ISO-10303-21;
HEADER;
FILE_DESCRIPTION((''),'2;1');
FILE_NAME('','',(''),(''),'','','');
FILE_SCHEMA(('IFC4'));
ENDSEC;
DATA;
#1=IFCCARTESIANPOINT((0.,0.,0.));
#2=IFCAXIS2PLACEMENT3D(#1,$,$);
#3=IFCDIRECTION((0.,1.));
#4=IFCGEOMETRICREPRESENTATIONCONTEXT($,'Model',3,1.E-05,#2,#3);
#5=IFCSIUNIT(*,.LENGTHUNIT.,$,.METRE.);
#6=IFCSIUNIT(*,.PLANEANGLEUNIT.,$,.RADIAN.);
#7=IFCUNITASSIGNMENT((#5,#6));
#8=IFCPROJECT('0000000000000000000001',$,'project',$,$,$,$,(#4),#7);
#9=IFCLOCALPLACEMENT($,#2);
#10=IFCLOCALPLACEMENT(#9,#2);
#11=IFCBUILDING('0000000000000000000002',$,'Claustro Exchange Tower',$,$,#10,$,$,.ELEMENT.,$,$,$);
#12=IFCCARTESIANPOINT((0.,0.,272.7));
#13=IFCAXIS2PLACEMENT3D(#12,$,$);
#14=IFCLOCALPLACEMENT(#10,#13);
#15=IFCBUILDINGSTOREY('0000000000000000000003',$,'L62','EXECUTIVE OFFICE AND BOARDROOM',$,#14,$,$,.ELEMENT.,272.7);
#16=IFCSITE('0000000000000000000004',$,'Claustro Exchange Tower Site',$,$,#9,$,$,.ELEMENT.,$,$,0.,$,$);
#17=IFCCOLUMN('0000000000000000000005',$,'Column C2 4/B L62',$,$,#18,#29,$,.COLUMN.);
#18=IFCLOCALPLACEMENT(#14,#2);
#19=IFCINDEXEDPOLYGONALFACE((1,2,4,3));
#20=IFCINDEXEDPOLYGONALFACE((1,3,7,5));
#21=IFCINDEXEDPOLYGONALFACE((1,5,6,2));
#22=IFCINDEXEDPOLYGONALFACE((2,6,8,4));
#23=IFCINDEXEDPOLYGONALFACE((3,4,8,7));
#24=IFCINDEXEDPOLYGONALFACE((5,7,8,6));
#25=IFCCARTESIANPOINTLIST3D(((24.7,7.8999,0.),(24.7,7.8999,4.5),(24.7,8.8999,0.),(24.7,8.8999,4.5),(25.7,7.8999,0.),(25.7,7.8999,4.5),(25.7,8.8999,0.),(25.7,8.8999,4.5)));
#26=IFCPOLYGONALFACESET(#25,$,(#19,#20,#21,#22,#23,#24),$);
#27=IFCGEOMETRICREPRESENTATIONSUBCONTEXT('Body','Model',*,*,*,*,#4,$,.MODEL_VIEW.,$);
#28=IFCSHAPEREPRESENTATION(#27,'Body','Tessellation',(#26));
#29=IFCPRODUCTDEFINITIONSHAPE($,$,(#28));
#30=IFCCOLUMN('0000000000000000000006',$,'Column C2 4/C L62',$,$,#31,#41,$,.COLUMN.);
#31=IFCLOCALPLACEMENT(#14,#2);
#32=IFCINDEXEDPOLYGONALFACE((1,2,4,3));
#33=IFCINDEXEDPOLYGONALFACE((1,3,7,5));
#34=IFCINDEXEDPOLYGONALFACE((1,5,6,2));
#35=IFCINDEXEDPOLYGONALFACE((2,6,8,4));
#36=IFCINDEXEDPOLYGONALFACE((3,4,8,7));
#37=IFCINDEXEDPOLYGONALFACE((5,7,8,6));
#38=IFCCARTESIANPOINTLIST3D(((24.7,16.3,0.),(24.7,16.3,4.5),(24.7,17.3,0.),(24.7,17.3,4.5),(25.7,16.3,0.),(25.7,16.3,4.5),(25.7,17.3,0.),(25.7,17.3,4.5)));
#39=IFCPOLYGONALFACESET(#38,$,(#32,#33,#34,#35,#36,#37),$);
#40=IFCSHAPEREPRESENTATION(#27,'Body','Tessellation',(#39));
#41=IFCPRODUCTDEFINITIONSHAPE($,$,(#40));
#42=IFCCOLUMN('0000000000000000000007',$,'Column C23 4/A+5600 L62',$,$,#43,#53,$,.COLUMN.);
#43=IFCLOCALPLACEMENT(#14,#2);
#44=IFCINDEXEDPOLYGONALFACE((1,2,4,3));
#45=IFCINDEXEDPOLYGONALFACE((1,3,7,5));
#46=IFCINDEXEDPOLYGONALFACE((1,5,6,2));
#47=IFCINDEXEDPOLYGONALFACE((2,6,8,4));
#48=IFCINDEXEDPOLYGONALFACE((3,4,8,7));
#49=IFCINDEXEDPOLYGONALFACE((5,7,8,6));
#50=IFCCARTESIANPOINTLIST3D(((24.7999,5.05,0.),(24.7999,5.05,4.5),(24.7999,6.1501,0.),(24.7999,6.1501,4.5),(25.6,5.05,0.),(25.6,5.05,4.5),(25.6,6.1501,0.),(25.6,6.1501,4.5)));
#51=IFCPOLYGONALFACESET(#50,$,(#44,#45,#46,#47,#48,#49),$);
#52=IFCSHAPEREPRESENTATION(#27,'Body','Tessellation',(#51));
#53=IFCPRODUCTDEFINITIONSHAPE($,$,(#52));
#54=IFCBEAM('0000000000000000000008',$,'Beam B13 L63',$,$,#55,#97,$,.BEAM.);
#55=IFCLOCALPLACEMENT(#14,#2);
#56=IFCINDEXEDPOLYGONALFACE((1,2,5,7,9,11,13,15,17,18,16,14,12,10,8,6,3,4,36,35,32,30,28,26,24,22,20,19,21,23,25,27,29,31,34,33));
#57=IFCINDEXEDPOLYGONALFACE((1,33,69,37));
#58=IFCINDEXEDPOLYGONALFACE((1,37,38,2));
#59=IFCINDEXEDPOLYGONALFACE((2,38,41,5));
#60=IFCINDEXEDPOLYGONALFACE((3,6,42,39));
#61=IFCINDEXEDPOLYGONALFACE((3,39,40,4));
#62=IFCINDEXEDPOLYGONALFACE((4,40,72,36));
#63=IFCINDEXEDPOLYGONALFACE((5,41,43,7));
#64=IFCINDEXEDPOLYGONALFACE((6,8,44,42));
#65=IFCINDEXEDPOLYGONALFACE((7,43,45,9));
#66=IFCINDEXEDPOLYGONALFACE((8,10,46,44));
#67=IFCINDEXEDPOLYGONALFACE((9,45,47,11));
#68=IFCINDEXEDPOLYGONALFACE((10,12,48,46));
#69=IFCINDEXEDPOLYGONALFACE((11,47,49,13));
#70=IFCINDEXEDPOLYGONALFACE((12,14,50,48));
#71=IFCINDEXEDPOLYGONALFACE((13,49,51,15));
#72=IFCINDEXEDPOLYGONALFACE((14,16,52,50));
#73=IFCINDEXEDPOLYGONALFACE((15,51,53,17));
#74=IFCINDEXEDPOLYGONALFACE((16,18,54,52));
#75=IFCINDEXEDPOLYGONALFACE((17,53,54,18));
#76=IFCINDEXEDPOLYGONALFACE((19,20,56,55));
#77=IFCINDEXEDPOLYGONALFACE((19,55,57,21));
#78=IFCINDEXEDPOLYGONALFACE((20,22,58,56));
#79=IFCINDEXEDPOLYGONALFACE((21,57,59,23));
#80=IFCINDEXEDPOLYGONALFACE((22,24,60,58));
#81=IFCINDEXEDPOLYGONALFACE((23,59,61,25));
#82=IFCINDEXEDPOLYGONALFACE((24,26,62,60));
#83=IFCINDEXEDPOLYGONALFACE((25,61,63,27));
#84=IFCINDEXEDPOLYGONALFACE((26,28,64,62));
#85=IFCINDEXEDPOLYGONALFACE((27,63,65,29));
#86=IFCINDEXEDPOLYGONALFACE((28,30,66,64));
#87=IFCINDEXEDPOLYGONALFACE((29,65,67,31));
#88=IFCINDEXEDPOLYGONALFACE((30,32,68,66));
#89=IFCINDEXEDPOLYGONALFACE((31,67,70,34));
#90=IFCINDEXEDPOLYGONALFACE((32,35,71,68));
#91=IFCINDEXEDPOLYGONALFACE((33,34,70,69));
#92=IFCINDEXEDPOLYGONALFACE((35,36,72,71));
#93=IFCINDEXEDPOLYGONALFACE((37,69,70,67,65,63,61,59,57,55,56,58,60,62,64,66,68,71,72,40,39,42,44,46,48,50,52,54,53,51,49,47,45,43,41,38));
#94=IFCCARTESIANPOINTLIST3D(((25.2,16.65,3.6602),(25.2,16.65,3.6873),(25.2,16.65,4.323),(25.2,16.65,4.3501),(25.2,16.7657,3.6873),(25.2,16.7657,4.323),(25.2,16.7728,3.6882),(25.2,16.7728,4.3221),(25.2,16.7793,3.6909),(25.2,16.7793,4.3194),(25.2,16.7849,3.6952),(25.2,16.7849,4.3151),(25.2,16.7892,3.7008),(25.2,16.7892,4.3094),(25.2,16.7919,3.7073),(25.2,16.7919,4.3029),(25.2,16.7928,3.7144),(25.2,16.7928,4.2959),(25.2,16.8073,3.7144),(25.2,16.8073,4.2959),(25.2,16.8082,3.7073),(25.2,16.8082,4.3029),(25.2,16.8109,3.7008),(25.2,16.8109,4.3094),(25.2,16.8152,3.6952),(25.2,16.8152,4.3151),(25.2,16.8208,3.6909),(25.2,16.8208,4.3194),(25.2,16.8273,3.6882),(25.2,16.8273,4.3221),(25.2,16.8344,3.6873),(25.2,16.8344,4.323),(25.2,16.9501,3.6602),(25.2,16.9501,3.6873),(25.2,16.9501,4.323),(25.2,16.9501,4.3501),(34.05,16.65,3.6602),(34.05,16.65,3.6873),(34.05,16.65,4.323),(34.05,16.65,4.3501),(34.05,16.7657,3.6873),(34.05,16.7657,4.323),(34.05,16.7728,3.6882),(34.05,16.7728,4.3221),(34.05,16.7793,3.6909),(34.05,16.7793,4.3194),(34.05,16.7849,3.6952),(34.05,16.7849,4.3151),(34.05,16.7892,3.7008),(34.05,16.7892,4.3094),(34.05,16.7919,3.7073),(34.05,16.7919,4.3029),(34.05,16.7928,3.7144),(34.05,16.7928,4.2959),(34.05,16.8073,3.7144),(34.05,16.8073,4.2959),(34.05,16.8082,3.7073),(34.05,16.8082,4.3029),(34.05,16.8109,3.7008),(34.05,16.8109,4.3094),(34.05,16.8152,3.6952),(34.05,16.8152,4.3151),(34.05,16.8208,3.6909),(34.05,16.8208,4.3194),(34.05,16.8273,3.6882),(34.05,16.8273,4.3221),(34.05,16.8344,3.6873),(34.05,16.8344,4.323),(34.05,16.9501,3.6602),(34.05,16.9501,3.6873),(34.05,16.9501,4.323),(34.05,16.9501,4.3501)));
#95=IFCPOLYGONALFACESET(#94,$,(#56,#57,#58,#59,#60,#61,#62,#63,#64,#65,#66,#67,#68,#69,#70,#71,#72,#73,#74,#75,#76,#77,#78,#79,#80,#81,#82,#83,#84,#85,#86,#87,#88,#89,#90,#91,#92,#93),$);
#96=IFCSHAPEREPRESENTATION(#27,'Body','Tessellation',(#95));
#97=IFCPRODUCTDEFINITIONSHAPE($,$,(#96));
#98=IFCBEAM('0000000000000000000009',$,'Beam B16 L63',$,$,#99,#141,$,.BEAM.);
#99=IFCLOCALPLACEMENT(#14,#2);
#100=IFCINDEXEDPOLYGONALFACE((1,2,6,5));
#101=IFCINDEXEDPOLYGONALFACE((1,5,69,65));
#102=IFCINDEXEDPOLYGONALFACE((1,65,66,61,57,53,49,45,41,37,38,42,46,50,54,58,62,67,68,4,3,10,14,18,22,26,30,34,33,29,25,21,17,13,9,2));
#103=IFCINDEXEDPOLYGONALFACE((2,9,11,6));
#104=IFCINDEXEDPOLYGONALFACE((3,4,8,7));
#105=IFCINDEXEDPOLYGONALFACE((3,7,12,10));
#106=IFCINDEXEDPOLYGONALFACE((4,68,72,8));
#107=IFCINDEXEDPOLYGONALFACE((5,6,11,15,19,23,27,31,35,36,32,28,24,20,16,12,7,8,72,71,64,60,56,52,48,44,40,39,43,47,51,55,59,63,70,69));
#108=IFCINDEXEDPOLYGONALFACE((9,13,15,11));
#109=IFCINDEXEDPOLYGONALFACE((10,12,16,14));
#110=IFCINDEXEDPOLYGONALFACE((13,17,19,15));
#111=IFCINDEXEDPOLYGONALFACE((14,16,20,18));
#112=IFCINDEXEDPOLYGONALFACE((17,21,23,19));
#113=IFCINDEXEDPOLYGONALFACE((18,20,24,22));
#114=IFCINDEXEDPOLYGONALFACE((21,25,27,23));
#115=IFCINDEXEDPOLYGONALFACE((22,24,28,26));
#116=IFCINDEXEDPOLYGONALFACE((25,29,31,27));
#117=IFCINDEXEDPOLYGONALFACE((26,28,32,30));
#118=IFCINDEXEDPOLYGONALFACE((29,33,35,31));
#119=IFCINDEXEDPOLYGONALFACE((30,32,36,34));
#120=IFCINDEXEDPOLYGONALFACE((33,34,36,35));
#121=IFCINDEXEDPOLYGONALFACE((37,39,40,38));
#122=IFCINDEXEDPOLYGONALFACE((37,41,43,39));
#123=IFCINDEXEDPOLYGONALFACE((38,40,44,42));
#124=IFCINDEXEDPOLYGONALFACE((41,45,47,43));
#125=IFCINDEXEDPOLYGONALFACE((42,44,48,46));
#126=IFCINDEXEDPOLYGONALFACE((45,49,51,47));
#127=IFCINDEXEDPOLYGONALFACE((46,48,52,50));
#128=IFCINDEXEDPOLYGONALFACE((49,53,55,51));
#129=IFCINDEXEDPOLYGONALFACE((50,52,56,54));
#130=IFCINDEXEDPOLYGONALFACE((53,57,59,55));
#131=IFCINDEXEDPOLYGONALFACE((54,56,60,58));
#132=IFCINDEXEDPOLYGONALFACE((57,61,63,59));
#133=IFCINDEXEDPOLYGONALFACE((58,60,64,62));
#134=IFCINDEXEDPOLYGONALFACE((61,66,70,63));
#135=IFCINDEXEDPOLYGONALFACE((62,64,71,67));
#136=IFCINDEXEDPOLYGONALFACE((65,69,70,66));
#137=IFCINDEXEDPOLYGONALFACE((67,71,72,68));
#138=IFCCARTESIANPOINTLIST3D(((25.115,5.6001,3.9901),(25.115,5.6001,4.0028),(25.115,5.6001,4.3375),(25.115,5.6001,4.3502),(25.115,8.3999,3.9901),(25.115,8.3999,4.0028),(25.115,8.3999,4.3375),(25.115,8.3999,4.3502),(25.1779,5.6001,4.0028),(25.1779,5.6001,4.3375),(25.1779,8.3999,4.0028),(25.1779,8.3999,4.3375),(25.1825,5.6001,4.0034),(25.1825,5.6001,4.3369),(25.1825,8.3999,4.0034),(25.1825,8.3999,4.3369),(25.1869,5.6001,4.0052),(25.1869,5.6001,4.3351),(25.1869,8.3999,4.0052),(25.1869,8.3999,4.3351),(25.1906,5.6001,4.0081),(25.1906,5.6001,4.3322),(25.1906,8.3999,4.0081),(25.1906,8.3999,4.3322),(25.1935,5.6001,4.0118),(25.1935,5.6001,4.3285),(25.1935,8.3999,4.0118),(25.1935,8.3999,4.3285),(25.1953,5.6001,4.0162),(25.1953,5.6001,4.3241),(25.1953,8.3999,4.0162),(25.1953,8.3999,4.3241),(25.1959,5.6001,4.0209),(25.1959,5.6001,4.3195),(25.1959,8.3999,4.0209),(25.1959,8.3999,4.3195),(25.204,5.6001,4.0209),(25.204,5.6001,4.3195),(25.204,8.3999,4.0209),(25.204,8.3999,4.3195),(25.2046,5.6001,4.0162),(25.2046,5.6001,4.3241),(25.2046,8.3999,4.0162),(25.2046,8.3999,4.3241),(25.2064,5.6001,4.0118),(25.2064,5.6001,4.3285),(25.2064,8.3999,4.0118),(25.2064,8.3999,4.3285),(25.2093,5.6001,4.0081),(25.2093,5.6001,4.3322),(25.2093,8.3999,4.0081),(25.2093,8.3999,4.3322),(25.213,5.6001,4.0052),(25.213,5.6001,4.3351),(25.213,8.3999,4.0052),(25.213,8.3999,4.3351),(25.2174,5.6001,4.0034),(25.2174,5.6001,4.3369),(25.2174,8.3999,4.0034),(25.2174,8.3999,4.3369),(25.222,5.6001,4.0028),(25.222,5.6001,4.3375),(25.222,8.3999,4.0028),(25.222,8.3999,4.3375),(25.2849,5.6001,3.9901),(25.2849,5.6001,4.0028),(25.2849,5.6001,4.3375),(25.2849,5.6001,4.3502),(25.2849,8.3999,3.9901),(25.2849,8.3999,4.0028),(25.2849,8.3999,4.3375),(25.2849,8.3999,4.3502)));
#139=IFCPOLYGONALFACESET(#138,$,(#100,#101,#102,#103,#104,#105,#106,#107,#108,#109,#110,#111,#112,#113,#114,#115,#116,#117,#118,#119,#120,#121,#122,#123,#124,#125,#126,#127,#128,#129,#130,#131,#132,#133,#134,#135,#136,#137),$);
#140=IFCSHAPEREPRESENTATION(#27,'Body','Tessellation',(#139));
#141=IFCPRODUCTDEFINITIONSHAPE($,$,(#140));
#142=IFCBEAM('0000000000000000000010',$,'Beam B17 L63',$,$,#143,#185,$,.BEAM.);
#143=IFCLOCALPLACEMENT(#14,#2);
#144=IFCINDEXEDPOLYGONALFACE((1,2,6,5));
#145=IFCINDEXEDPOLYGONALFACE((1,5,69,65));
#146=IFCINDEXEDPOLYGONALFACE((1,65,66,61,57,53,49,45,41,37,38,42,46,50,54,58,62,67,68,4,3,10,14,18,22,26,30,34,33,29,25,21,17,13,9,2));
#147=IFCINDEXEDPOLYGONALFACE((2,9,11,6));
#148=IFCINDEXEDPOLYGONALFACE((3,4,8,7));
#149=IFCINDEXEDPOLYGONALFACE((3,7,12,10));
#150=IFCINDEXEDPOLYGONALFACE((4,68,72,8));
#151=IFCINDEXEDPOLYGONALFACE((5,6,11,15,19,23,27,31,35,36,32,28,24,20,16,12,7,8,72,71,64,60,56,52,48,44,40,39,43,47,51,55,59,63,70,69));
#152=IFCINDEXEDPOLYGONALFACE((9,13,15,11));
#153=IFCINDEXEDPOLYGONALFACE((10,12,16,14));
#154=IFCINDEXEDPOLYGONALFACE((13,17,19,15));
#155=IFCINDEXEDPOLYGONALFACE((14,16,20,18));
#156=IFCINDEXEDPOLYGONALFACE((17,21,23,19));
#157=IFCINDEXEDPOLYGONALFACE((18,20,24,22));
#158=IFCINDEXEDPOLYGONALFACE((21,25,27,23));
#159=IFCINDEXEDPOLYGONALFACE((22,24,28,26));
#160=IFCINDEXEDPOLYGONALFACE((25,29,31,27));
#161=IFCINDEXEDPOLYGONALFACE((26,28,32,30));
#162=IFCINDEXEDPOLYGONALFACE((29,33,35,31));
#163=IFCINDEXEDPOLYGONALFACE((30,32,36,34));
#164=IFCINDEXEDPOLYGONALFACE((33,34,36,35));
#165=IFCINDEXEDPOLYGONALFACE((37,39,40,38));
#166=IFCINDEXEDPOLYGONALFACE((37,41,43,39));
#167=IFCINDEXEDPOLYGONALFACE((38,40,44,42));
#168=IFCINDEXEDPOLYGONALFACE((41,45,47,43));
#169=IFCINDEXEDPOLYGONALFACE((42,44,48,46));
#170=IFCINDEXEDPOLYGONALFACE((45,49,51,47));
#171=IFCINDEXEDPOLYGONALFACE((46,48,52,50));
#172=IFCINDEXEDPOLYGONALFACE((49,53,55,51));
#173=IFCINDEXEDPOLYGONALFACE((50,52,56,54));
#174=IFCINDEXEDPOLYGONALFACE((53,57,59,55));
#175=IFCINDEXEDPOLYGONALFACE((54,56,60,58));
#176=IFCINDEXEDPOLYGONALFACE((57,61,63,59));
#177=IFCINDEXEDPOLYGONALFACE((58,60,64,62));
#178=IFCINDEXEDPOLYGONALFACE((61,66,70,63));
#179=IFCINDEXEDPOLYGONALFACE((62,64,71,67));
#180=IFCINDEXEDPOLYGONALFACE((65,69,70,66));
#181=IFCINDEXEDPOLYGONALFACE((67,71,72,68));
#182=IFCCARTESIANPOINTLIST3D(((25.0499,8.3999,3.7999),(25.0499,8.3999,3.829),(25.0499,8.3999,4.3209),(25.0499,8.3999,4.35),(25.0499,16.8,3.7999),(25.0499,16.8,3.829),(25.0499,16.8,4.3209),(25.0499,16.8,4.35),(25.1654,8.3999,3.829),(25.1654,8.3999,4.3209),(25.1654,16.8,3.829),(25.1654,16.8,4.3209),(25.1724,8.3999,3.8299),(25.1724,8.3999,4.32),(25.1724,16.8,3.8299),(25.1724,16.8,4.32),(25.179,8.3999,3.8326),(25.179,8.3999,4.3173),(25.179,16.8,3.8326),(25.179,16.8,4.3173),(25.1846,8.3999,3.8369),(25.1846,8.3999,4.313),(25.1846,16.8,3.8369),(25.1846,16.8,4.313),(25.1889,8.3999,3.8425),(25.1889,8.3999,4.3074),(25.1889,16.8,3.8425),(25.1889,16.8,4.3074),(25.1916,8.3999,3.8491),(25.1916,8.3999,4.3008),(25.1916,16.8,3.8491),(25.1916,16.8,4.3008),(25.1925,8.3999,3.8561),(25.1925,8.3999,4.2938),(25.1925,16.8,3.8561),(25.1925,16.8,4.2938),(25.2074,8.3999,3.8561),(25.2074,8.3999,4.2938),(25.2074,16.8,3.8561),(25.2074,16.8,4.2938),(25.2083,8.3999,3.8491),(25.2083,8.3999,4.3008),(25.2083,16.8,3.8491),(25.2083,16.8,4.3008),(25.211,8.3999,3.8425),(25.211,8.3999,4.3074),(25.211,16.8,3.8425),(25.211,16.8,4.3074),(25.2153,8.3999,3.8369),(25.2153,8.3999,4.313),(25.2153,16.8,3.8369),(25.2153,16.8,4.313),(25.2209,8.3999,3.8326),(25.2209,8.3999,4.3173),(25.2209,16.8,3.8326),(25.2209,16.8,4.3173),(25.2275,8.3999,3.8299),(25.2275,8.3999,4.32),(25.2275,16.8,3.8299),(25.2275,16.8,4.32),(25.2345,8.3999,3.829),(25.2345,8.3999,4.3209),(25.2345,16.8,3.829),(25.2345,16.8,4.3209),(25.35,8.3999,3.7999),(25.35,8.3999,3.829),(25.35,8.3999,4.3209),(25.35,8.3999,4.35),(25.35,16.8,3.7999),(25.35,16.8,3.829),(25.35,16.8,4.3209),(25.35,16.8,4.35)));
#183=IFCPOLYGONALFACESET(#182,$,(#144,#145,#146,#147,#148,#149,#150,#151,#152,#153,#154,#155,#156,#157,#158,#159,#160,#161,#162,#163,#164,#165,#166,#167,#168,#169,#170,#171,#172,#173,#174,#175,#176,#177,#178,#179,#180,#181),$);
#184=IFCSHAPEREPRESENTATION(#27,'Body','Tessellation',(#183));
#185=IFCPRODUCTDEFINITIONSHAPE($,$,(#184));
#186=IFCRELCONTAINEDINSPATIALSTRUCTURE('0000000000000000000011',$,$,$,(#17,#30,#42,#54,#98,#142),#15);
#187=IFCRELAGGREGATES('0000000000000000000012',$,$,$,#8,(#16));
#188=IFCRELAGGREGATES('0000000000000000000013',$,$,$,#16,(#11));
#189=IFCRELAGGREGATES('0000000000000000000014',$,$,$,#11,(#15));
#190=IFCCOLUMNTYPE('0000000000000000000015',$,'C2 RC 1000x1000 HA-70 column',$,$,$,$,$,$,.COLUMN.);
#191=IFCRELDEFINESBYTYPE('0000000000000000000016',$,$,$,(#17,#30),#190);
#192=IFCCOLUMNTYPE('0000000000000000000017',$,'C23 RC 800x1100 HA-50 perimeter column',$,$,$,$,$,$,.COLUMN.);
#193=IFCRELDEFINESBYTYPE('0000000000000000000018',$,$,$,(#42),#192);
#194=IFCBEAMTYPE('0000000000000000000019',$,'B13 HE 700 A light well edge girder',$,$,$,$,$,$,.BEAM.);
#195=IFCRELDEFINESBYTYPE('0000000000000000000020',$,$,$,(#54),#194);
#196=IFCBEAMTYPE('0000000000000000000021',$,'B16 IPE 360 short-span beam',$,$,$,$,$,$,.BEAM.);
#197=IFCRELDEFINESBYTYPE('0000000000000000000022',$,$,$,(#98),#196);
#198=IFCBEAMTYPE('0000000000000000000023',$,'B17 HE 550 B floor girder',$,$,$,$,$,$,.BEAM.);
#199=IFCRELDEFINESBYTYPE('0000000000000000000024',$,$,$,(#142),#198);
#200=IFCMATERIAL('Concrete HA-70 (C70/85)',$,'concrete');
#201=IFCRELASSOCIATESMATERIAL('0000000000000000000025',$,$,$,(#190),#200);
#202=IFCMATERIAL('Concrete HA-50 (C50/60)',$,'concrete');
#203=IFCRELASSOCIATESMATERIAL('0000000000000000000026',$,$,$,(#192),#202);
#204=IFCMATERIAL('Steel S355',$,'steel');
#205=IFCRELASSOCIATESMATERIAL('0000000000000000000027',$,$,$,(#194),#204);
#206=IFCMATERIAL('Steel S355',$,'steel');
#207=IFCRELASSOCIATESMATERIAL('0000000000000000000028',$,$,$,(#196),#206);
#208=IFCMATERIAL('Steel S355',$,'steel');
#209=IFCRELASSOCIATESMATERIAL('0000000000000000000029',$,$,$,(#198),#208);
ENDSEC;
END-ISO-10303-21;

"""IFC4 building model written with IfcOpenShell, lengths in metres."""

from ifc_helpers import new_model, si_unit, direction, frame, origin, origin_2d, place, context, subcontext, project, spatial, rectangle, i_section, extrude, material, material_profile, profile_set, type_object, element, save


model = new_model("IFC4")

# Units and contexts
model_context = context("Model", 3, precision=1e-05, world=origin(), true_north=direction((0.0, 1.0)))
body_context = subcontext(model_context, "Body", "Model", "MODEL_VIEW")
ifc_project = project(units=[si_unit("LENGTHUNIT", "METRE"), si_unit("PLANEANGLEUNIT", "RADIAN")], contexts=[model_context])

# Site, building, storey
site_placement = place(None, origin())
site = spatial("IfcSite", under=ifc_project, at=site_placement, Name="Claustro Exchange Tower Site", CompositionType="ELEMENT", RefElevation=0.0)
building_placement = place(site_placement, origin())
building = spatial("IfcBuilding", under=site, at=building_placement, Name="Claustro Exchange Tower", CompositionType="ELEMENT")
storey_placement = place(building_placement, frame((0.0, 0.0, 272.7)))
storey = spatial("IfcBuildingStorey", under=building, at=storey_placement, Name="L62", Description="EXECUTIVE OFFICE AND BOARDROOM", CompositionType="ELEMENT", Elevation=272.7)

# Columns
ifc_material_1 = material(Name="Concrete HA-70 (C70/85)", Category="concrete")
ifc_material_profile_1 = material_profile(ifc_material_1, rectangle(XDim=1.0, YDim=1.0, at=origin_2d()), Name="RC 1000x1000")
ifc_profile_set_1 = profile_set([ifc_material_profile_1], Name="Concrete HA-70 (C70/85)")
column_type_1 = type_object("IfcColumnType", Name="C2 RC 1000x1000 HA-70 column", PredefinedType="COLUMN", material=ifc_profile_set_1)
for number, where, z_axis, x_axis, name in (
    (1, (25.2, 8.3999, 0.0), (0.0, 0.0, 1.0), (1.0, 0.0, 0.0), "Column C2 4/B L62"),
    (2, (25.2, 16.8, 0.0), (0.0, 0.0, 1.0), (1.0, 0.0, 0.0), "Column C2 4/C L62"),
):
    element("IfcColumn", number, at=place(storey_placement, frame(where, z_axis=z_axis, x_axis=x_axis)), inside=storey, type_object=column_type_1, Name=name, PredefinedType="COLUMN", context=body_context, shape_type="SweptSolid", body=[
        extrude(rectangle(XDim=1.0, YDim=1.0, at=origin_2d()), origin(), (0.0, 0.0, 1.0), 4.5),
    ])
ifc_material_2 = material(Name="Concrete HA-50 (C50/60)", Category="concrete")
ifc_material_profile_2 = material_profile(ifc_material_2, rectangle(XDim=0.8, YDim=1.1001, at=origin_2d()), Name="RC 800x1100")
ifc_profile_set_2 = profile_set([ifc_material_profile_2], Name="Concrete HA-50 (C50/60)")
column_type_2 = type_object("IfcColumnType", Name="C23 RC 800x1100 HA-50 perimeter column", PredefinedType="COLUMN", material=ifc_profile_set_2)
column_placement = place(storey_placement, frame((25.2, 5.6001, 0.0), z_axis=(0.0, 0.0, 1.0), x_axis=(1.0, 0.0, 0.0)))
element("IfcColumn", 3, at=column_placement, inside=storey, type_object=column_type_2, Name="Column C23 4/A+5600 L62", PredefinedType="COLUMN", context=body_context, shape_type="SweptSolid", body=[
    extrude(rectangle(XDim=0.8, YDim=1.1001, at=origin_2d()), origin(), (0.0, 0.0, 1.0), 4.5),
])

# Beams
ifc_material_3 = material(Name="Steel S355", Category="steel")
ifc_material_profile_3 = material_profile(ifc_material_3, i_section(OverallWidth=0.3, OverallDepth=0.6899, WebThickness=0.0144, FlangeThickness=0.0271, FilletRadius=0.0271, at=origin_2d()), Name="HE 700 A")
ifc_profile_set_3 = profile_set([ifc_material_profile_3], Name="Steel S355")
beam_type_1 = type_object("IfcBeamType", Name="B13 HE 700 A light well edge girder", PredefinedType="BEAM", material=ifc_profile_set_3)
beam_1_placement = place(storey_placement, frame((25.2, 16.8, 4.0051), z_axis=(1.0, 0.0, 0.0), x_axis=(0.0, 1.0, 0.0)))
element("IfcBeam", 4, at=beam_1_placement, inside=storey, type_object=beam_type_1, Name="Beam B13 L63", PredefinedType="BEAM", context=body_context, shape_type="SweptSolid", body=[
    extrude(i_section(OverallWidth=0.3, OverallDepth=0.6899, WebThickness=0.0144, FlangeThickness=0.0271, FilletRadius=0.0271, at=origin_2d()), origin(), (0.0, 0.0, 1.0), 8.8501),
])
ifc_material_4 = material(Name="Steel S355", Category="steel")
ifc_material_profile_4 = material_profile(ifc_material_4, i_section(OverallWidth=0.1699, OverallDepth=0.3601, WebThickness=0.0081, FlangeThickness=0.0127, FilletRadius=0.0181, at=origin_2d()), Name="IPE 360")
ifc_profile_set_4 = profile_set([ifc_material_profile_4], Name="Steel S355")
beam_type_2 = type_object("IfcBeamType", Name="B16 IPE 360 short-span beam", PredefinedType="BEAM", material=ifc_profile_set_4)
beam_2_placement = place(storey_placement, frame((25.2, 5.6001, 4.1702), z_axis=(0.0, 1.0, 0.0), x_axis=(-1.0, 0.0, 0.0)))
element("IfcBeam", 5, at=beam_2_placement, inside=storey, type_object=beam_type_2, Name="Beam B16 L63", PredefinedType="BEAM", context=body_context, shape_type="SweptSolid", body=[
    extrude(i_section(OverallWidth=0.1699, OverallDepth=0.3601, WebThickness=0.0081, FlangeThickness=0.0127, FilletRadius=0.0181, at=origin_2d()), origin(), (0.0, 0.0, 1.0), 2.7998),
])
ifc_material_5 = material(Name="Steel S355", Category="steel")
ifc_material_profile_5 = material_profile(ifc_material_5, i_section(OverallWidth=0.3, OverallDepth=0.55, WebThickness=0.0149, FlangeThickness=0.0291, FilletRadius=0.0271, at=origin_2d()), Name="HE 550 B")
ifc_profile_set_5 = profile_set([ifc_material_profile_5], Name="Steel S355")
beam_type_3 = type_object("IfcBeamType", Name="B17 HE 550 B floor girder", PredefinedType="BEAM", material=ifc_profile_set_5)
for number, where, z_axis, x_axis, name in (
    (6, (25.2, 8.3999, 4.075), (0.0, 1.0, 0.0), (-1.0, 0.0, 0.0), "Beam B17 L63"),
):
    element("IfcBeam", number, at=place(storey_placement, frame(where, z_axis=z_axis, x_axis=x_axis)), inside=storey, type_object=beam_type_3, Name=name, PredefinedType="BEAM", context=body_context, shape_type="SweptSolid", body=[
        extrude(i_section(OverallWidth=0.3, OverallDepth=0.55, WebThickness=0.0149, FlangeThickness=0.0291, FilletRadius=0.0271, at=origin_2d()), origin(), (0.0, 0.0, 1.0), 8.4001),
    ])

save(model, "model.ifc")
